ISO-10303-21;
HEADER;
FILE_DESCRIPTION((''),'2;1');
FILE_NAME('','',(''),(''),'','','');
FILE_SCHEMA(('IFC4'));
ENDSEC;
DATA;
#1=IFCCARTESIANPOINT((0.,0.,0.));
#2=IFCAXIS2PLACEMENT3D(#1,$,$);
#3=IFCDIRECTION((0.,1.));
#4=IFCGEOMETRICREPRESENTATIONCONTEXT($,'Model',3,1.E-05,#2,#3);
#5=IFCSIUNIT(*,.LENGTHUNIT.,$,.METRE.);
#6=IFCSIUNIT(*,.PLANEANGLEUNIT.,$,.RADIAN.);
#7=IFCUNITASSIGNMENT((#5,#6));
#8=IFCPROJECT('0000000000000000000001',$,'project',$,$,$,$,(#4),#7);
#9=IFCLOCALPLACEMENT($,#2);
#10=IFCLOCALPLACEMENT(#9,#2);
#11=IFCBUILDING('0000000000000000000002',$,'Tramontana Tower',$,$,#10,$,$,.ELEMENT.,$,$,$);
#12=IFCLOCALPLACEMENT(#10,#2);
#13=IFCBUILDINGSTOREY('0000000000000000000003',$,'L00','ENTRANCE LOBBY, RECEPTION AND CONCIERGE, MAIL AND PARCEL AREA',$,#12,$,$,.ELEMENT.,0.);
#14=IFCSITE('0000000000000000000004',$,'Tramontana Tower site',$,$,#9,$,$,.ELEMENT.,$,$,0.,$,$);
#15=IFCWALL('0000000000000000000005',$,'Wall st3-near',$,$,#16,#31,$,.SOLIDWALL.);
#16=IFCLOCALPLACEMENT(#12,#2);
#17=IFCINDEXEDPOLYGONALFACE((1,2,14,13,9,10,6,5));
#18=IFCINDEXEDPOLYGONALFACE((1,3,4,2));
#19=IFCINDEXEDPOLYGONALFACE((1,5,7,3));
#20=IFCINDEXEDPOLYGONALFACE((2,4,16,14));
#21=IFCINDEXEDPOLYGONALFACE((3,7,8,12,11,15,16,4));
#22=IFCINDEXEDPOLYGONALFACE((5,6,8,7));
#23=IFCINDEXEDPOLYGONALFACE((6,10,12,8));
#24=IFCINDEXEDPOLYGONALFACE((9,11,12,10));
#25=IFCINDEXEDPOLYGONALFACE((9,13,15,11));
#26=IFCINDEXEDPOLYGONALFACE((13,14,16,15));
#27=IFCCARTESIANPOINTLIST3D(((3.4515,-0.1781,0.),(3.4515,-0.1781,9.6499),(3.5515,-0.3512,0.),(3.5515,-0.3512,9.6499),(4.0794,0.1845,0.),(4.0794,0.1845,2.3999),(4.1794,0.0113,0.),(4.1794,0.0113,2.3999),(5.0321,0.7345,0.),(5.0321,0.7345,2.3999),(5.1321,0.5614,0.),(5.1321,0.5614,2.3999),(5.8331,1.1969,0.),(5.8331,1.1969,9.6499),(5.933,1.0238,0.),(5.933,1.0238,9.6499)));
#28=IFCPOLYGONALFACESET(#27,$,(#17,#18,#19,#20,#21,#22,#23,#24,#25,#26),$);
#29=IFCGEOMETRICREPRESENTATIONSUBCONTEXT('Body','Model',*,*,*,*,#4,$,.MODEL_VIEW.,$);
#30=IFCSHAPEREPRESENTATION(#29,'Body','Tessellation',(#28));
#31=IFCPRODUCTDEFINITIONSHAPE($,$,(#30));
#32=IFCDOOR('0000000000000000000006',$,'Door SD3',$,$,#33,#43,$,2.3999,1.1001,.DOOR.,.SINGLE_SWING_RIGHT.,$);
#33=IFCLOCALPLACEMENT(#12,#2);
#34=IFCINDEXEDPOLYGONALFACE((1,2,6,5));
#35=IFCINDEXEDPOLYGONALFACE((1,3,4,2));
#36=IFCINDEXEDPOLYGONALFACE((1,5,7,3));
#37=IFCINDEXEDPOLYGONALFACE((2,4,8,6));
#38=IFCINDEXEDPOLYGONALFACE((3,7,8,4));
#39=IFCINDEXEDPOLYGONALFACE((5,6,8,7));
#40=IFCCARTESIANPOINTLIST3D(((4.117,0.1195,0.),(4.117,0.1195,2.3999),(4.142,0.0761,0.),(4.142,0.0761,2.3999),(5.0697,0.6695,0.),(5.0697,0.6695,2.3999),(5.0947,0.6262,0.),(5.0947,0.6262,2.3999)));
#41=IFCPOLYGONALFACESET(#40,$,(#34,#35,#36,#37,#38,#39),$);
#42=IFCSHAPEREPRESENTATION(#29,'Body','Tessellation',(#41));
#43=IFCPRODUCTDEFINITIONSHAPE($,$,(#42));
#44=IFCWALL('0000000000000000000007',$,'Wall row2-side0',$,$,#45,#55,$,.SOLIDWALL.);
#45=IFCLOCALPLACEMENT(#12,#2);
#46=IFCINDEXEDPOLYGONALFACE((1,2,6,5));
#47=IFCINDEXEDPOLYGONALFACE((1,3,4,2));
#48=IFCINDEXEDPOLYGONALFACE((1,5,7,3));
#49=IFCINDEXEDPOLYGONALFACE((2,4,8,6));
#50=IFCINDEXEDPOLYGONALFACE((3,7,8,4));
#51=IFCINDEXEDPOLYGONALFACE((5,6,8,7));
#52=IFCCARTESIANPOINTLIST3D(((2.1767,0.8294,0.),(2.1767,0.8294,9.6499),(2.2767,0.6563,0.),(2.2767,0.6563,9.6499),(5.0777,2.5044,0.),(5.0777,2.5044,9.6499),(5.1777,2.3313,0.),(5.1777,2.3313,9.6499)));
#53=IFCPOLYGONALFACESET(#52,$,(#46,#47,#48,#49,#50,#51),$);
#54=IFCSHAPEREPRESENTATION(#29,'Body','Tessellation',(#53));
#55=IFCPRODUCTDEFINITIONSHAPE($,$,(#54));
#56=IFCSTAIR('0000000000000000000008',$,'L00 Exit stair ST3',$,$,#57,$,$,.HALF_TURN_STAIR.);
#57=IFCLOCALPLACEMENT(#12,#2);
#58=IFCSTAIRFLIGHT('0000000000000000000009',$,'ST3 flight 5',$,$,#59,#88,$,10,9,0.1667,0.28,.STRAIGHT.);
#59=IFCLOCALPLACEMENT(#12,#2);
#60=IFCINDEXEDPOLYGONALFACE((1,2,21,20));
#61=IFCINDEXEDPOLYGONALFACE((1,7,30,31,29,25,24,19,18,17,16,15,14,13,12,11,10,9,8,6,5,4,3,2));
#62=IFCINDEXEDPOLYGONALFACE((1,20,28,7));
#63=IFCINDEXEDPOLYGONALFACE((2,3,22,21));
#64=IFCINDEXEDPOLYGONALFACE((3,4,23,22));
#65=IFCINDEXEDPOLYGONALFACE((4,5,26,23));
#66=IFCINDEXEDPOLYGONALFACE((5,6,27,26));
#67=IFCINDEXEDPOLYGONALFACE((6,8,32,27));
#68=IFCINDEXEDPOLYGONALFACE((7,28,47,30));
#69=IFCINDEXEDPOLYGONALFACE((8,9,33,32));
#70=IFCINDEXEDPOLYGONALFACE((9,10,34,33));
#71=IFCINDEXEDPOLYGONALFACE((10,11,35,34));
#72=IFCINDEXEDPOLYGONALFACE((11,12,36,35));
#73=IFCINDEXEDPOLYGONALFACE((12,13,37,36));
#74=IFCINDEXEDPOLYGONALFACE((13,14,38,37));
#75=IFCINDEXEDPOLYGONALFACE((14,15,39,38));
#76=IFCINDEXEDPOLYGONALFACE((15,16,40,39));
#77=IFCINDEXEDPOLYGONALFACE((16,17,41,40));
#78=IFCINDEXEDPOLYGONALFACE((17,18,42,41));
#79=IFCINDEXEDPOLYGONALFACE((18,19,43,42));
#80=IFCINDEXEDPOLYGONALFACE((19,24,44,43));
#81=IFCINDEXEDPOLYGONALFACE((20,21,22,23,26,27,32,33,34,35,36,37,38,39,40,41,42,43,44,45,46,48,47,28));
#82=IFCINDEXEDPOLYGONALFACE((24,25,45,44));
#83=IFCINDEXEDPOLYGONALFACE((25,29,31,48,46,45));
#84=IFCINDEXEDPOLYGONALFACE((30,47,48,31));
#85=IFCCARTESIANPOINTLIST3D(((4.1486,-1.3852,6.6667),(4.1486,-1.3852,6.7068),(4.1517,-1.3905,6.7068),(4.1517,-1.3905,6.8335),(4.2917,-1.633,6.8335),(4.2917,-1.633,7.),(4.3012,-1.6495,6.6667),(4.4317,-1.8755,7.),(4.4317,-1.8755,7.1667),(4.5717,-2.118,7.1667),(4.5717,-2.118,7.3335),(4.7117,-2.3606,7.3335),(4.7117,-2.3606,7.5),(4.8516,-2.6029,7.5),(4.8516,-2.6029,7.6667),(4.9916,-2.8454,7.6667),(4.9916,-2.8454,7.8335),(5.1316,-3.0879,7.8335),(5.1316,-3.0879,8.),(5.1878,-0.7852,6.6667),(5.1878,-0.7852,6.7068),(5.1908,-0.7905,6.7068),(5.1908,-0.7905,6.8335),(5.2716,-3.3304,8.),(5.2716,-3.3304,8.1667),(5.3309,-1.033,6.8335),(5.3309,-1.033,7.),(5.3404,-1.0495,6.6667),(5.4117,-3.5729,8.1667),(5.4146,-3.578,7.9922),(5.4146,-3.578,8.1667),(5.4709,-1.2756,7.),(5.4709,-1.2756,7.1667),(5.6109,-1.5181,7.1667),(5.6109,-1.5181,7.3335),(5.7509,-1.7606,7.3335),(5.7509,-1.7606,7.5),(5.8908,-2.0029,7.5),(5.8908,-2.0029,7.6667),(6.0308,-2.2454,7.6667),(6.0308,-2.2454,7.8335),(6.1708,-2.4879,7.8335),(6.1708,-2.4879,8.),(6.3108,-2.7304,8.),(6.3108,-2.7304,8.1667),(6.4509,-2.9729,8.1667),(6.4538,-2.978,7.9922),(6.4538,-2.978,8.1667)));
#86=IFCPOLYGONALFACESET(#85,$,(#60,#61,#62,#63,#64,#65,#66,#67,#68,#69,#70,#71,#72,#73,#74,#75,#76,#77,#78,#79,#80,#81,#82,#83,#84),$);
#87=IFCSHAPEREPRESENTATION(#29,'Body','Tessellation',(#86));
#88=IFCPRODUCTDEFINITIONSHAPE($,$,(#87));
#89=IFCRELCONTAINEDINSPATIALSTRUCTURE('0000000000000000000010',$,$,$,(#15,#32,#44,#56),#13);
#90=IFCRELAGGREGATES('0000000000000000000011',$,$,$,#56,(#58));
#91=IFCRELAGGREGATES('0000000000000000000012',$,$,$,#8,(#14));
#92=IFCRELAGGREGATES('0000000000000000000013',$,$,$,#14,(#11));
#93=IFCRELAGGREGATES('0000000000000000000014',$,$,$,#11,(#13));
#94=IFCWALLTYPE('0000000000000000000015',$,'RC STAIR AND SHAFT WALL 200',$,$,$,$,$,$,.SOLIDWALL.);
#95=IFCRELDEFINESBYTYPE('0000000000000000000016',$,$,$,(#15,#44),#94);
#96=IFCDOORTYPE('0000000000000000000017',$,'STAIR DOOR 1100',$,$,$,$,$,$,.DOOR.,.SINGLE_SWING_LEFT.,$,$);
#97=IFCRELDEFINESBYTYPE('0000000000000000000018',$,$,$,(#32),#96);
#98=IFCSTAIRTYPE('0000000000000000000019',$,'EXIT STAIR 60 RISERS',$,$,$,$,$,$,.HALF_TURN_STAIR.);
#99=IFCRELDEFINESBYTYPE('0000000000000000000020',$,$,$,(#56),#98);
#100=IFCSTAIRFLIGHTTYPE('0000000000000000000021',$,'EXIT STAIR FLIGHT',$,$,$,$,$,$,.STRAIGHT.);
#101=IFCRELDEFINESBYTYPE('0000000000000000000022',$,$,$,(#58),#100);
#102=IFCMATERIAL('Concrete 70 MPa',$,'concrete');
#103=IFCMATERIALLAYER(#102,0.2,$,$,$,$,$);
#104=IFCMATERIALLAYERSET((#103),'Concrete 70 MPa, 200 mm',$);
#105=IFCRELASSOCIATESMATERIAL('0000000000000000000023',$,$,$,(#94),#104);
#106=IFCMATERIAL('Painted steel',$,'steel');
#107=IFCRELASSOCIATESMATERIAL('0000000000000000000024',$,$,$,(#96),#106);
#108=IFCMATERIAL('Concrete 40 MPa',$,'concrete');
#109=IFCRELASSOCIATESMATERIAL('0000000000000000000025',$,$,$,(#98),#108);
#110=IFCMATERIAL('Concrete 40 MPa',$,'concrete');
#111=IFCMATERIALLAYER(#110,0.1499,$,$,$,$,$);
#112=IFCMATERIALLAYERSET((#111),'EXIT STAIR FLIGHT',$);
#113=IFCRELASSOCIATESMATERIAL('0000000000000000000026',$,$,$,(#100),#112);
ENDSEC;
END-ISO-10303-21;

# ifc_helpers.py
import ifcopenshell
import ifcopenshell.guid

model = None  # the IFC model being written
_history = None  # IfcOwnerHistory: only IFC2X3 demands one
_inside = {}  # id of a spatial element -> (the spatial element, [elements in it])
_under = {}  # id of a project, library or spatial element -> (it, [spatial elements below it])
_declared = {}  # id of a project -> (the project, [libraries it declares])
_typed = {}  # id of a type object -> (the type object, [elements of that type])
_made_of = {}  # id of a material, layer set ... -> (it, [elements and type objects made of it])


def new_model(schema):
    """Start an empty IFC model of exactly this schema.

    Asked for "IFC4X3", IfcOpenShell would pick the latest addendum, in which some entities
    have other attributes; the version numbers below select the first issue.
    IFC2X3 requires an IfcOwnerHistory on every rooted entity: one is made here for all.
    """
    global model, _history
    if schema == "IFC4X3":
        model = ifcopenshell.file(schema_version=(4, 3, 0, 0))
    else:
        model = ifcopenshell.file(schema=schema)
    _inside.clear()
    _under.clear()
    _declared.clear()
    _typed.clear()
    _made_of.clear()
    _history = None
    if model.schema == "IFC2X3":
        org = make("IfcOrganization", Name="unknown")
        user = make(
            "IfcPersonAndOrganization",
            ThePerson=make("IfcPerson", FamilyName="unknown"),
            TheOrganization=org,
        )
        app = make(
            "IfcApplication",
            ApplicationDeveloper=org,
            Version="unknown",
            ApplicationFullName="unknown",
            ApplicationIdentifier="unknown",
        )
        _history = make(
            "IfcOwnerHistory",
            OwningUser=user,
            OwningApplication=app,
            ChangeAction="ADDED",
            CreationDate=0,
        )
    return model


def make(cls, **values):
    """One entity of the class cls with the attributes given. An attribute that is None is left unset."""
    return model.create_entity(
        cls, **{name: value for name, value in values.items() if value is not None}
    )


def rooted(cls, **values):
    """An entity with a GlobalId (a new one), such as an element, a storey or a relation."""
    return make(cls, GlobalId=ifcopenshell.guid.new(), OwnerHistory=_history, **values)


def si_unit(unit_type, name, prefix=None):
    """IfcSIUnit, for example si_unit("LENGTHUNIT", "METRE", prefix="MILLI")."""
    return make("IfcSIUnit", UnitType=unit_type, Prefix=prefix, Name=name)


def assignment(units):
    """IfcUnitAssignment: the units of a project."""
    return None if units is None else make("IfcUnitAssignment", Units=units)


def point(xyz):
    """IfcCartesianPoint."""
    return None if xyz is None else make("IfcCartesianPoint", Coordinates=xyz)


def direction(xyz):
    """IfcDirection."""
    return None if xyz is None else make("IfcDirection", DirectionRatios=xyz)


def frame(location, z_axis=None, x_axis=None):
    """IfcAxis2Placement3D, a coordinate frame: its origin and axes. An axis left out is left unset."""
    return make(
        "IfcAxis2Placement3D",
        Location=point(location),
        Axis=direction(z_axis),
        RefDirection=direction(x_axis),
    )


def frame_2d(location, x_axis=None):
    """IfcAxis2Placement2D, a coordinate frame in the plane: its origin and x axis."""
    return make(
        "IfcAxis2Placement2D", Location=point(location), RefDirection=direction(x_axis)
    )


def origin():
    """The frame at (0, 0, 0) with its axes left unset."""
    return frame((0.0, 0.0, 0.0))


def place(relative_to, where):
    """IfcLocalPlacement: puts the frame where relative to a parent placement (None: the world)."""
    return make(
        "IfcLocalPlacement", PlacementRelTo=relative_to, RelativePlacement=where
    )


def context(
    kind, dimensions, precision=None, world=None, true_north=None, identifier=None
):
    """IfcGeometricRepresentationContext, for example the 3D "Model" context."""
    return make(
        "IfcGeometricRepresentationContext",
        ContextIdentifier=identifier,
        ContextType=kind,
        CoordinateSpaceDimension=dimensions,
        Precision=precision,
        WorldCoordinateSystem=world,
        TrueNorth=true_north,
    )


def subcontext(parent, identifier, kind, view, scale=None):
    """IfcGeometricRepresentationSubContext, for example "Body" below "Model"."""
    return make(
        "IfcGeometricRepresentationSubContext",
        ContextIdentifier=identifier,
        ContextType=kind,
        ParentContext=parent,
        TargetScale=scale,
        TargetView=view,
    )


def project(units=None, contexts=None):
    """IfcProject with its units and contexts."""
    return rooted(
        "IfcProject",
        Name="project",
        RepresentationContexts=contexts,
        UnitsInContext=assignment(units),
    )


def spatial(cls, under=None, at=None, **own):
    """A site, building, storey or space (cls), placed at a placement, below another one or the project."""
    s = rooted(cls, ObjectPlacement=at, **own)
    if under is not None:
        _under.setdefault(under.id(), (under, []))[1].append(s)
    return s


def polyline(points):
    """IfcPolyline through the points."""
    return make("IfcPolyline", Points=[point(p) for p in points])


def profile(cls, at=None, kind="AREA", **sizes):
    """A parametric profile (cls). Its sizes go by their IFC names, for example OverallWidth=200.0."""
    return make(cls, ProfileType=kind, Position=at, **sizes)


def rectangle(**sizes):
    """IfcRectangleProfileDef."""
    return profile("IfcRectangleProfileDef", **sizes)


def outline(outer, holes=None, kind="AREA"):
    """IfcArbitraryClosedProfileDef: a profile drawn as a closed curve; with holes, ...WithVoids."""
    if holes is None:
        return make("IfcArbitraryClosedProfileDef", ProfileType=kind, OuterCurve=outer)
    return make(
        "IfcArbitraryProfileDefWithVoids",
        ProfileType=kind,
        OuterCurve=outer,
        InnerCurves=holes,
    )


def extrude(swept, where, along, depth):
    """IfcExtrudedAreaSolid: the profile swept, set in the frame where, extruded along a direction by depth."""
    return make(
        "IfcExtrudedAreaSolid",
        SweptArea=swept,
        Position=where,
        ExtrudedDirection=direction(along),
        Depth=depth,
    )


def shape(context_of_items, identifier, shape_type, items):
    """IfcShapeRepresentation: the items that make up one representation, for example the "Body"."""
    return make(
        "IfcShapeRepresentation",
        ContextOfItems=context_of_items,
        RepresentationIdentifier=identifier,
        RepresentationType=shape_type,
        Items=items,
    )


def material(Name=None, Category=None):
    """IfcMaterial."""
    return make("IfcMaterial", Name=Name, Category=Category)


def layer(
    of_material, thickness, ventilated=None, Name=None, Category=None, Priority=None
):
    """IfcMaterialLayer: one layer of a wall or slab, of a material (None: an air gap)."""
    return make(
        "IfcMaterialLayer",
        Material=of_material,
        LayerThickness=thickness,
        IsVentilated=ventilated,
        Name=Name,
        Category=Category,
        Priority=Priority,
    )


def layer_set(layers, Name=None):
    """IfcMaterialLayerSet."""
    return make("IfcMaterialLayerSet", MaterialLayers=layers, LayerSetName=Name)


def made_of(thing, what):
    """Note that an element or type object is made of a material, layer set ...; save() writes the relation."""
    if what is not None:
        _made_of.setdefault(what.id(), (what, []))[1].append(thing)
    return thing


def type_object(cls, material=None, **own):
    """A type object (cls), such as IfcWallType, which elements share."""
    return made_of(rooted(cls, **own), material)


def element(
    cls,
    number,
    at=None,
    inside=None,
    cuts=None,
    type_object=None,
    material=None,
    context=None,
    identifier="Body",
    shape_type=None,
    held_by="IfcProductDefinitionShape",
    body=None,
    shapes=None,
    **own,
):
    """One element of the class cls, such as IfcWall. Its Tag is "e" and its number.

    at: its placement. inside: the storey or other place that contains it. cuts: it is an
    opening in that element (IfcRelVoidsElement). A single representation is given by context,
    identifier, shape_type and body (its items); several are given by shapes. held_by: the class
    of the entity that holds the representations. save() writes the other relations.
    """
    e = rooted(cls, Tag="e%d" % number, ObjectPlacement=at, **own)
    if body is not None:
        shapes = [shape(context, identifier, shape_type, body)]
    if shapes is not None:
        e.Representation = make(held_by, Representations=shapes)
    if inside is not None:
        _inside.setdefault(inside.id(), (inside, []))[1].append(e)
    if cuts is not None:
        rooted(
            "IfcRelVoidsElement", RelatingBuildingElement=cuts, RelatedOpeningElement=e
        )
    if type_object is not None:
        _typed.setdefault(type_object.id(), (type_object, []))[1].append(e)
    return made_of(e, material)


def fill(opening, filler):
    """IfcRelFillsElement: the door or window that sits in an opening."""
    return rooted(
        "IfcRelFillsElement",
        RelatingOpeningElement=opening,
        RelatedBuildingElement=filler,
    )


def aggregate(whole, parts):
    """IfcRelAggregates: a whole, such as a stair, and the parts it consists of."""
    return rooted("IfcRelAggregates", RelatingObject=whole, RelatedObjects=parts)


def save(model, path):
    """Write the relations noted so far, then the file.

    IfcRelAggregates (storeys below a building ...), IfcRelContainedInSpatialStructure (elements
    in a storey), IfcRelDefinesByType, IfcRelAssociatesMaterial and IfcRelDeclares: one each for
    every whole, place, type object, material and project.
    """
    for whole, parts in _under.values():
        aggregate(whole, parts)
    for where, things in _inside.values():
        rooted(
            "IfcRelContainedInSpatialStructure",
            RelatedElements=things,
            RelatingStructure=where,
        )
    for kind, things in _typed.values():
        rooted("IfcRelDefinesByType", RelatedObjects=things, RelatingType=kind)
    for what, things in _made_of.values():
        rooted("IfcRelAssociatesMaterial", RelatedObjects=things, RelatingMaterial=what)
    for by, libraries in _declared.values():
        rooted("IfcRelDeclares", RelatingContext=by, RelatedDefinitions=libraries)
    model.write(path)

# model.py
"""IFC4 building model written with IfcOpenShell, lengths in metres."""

from ifc_helpers import new_model, si_unit, direction, frame, frame_2d, origin, place, context, subcontext, project, spatial, polyline, rectangle, outline, extrude, material, layer, layer_set, type_object, element, fill, aggregate, save


model = new_model("IFC4")

# Units and contexts
model_context = context("Model", 3, precision=1e-05, world=origin(), true_north=direction((0.0, 1.0)))
body_context = subcontext(model_context, "Body", "Model", "MODEL_VIEW")
ifc_project = project(units=[si_unit("LENGTHUNIT", "METRE"), si_unit("PLANEANGLEUNIT", "RADIAN")], contexts=[model_context])

# Site, building, storey
site_placement = place(None, origin())
site = spatial("IfcSite", under=ifc_project, at=site_placement, Name="Tramontana Tower site", CompositionType="ELEMENT", RefElevation=0.0)
building_placement = place(site_placement, origin())
building = spatial("IfcBuilding", under=site, at=building_placement, Name="Tramontana Tower", CompositionType="ELEMENT")
storey_placement = place(building_placement, origin())
storey = spatial("IfcBuildingStorey", under=building, at=storey_placement, Name="L00", Description="ENTRANCE LOBBY, RECEPTION AND CONCIERGE, MAIL AND PARCEL AREA", CompositionType="ELEMENT", Elevation=0.0)

# Wall, opening, door
ifc_material_1 = material(Name="Concrete 70 MPa", Category="concrete")
ifc_layer_1 = layer(ifc_material_1, 0.2)
ifc_layer_set_1 = layer_set([ifc_layer_1], Name="Concrete 70 MPa, 200 mm")
wall_type_1 = type_object("IfcWallType", Name="RC STAIR AND SHAFT WALL 200", PredefinedType="SOLIDWALL", material=ifc_layer_set_1)
wall_1_placement = place(storey_placement, frame((3.5015, -0.2646, 0.0), z_axis=(0.0, 0.0, 1.0), x_axis=(0.866027, 0.499997, 0.0)))
wall_1 = element("IfcWall", 1, at=wall_1_placement, inside=storey, type_object=wall_type_1, Name="Wall st3-near", PredefinedType="SOLIDWALL", context=body_context, shape_type="SweptSolid", body=[
    extrude(rectangle(XDim=2.75, YDim=0.2, at=frame_2d((1.375, 0.0))), origin(), (0.0, 0.0, 1.0), 9.6499),
])
opening_1_placement = place(wall_1_placement, frame((0.7251, 0.0, 0.0)))
opening_1 = element("IfcOpeningElement", 2, at=opening_1_placement, cuts=wall_1, PredefinedType="OPENING", context=body_context, shape_type="SweptSolid", body=[
    extrude(rectangle(XDim=1.1001, YDim=2.3999, at=frame_2d((0.55, 1.2))), frame((0.0, 0.1099, 0.0), z_axis=(0.0, -1.0, 0.0), x_axis=(1.0, 0.0, 0.0)), (0.0, 0.0, 1.0), 0.22),
])
ifc_material_2 = material(Name="Painted steel", Category="steel")
door_type_1 = type_object("IfcDoorType", Name="STAIR DOOR 1100", OperationType="SINGLE_SWING_LEFT", PredefinedType="DOOR", material=ifc_material_2)
door_1_placement = place(opening_1_placement, origin())
door_1 = element("IfcDoor", 3, at=door_1_placement, inside=storey, type_object=door_type_1, Name="Door SD3", OperationType="SINGLE_SWING_RIGHT", OverallHeight=2.3999, OverallWidth=1.1001, PredefinedType="DOOR", context=body_context, shape_type="SweptSolid", body=[
    extrude(rectangle(XDim=1.1001, YDim=2.3999, at=frame_2d((0.55, 1.2))), frame((0.0, 0.0249, 0.0), z_axis=(0.0, -1.0, 0.0), x_axis=(1.0, 0.0, 0.0)), (0.0, 0.0, 1.0), 0.05),
])
fill(opening_1, door_1)

# Wall
wall_2_placement = place(storey_placement, frame((2.2268, 0.7429, 0.0), z_axis=(0.0, 0.0, 1.0), x_axis=(0.866014, 0.500019, 0.0)))
element("IfcWall", 4, at=wall_2_placement, inside=storey, type_object=wall_type_1, Name="Wall row2-side0", PredefinedType="SOLIDWALL", context=body_context, shape_type="SweptSolid", body=[
    extrude(rectangle(XDim=3.3499, YDim=0.2, at=frame_2d((1.6748, 0.0))), origin(), (0.0, 0.0, 1.0), 9.6499),
])

# Stair, stair flight
ifc_material_3 = material(Name="Concrete 40 MPa", Category="concrete")
stair_type = type_object("IfcStairType", Name="EXIT STAIR 60 RISERS", PredefinedType="HALF_TURN_STAIR", material=ifc_material_3)
stair_placement = place(storey_placement, origin())
stair = element("IfcStair", 5, at=stair_placement, inside=storey, type_object=stair_type, Name="L00 Exit stair ST3", PredefinedType="HALF_TURN_STAIR")
ifc_material_4 = material(Name="Concrete 40 MPa", Category="concrete")
ifc_layer_2 = layer(ifc_material_4, 0.1499)
ifc_layer_set_2 = layer_set([ifc_layer_2], Name="EXIT STAIR FLIGHT")
stair_flight_type = type_object("IfcStairFlightType", Name="EXIT STAIR FLIGHT", PredefinedType="STRAIGHT", material=ifc_layer_set_2)
stair_flight_placement = place(storey_placement, frame((4.6711, -1.0906, 6.6667), z_axis=(0.0, 0.0, 1.0), x_axis=(0.5, -0.866025, 0.0)))
stair_flight = element("IfcStairFlight", 6, at=stair_flight_placement, type_object=stair_flight_type, Name="ST3 flight 5", NumberOfRisers=10, NumberOfTreads=9, PredefinedType="STRAIGHT", RiserHeight=0.1667, TreadLength=0.28, context=body_context, shape_type="SweptSolid", body=[
    extrude(outline(polyline([(-0.0061, 0.0), (-0.0061, 0.04), (0.0, 0.04), (0.0, 0.1667), (0.28, 0.1667), (0.28, 0.3333), (0.5601, 0.3333), (0.5601, 0.5), (0.8401, 0.5), (0.8401, 0.6667), (1.1201, 0.6667), (1.1201, 0.8333), (1.3999, 0.8333), (1.3999, 1.0), (1.6799, 1.0), (1.6799, 1.1667), (1.96, 1.1667), (1.96, 1.3333), (2.24, 1.3333), (2.24, 1.5), (2.52, 1.5), (2.5259, 1.5), (2.5259, 1.3254), (0.2991, 0.0), (-0.0061, 0.0)])), frame((0.0, 0.6001, 0.0), z_axis=(0.0, -1.0, 0.0), x_axis=(1.0, 0.0, 0.0)), (0.0, 0.0, 1.0), 1.2),
])
aggregate(stair, [stair_flight])

save(model, "model.ifc")
